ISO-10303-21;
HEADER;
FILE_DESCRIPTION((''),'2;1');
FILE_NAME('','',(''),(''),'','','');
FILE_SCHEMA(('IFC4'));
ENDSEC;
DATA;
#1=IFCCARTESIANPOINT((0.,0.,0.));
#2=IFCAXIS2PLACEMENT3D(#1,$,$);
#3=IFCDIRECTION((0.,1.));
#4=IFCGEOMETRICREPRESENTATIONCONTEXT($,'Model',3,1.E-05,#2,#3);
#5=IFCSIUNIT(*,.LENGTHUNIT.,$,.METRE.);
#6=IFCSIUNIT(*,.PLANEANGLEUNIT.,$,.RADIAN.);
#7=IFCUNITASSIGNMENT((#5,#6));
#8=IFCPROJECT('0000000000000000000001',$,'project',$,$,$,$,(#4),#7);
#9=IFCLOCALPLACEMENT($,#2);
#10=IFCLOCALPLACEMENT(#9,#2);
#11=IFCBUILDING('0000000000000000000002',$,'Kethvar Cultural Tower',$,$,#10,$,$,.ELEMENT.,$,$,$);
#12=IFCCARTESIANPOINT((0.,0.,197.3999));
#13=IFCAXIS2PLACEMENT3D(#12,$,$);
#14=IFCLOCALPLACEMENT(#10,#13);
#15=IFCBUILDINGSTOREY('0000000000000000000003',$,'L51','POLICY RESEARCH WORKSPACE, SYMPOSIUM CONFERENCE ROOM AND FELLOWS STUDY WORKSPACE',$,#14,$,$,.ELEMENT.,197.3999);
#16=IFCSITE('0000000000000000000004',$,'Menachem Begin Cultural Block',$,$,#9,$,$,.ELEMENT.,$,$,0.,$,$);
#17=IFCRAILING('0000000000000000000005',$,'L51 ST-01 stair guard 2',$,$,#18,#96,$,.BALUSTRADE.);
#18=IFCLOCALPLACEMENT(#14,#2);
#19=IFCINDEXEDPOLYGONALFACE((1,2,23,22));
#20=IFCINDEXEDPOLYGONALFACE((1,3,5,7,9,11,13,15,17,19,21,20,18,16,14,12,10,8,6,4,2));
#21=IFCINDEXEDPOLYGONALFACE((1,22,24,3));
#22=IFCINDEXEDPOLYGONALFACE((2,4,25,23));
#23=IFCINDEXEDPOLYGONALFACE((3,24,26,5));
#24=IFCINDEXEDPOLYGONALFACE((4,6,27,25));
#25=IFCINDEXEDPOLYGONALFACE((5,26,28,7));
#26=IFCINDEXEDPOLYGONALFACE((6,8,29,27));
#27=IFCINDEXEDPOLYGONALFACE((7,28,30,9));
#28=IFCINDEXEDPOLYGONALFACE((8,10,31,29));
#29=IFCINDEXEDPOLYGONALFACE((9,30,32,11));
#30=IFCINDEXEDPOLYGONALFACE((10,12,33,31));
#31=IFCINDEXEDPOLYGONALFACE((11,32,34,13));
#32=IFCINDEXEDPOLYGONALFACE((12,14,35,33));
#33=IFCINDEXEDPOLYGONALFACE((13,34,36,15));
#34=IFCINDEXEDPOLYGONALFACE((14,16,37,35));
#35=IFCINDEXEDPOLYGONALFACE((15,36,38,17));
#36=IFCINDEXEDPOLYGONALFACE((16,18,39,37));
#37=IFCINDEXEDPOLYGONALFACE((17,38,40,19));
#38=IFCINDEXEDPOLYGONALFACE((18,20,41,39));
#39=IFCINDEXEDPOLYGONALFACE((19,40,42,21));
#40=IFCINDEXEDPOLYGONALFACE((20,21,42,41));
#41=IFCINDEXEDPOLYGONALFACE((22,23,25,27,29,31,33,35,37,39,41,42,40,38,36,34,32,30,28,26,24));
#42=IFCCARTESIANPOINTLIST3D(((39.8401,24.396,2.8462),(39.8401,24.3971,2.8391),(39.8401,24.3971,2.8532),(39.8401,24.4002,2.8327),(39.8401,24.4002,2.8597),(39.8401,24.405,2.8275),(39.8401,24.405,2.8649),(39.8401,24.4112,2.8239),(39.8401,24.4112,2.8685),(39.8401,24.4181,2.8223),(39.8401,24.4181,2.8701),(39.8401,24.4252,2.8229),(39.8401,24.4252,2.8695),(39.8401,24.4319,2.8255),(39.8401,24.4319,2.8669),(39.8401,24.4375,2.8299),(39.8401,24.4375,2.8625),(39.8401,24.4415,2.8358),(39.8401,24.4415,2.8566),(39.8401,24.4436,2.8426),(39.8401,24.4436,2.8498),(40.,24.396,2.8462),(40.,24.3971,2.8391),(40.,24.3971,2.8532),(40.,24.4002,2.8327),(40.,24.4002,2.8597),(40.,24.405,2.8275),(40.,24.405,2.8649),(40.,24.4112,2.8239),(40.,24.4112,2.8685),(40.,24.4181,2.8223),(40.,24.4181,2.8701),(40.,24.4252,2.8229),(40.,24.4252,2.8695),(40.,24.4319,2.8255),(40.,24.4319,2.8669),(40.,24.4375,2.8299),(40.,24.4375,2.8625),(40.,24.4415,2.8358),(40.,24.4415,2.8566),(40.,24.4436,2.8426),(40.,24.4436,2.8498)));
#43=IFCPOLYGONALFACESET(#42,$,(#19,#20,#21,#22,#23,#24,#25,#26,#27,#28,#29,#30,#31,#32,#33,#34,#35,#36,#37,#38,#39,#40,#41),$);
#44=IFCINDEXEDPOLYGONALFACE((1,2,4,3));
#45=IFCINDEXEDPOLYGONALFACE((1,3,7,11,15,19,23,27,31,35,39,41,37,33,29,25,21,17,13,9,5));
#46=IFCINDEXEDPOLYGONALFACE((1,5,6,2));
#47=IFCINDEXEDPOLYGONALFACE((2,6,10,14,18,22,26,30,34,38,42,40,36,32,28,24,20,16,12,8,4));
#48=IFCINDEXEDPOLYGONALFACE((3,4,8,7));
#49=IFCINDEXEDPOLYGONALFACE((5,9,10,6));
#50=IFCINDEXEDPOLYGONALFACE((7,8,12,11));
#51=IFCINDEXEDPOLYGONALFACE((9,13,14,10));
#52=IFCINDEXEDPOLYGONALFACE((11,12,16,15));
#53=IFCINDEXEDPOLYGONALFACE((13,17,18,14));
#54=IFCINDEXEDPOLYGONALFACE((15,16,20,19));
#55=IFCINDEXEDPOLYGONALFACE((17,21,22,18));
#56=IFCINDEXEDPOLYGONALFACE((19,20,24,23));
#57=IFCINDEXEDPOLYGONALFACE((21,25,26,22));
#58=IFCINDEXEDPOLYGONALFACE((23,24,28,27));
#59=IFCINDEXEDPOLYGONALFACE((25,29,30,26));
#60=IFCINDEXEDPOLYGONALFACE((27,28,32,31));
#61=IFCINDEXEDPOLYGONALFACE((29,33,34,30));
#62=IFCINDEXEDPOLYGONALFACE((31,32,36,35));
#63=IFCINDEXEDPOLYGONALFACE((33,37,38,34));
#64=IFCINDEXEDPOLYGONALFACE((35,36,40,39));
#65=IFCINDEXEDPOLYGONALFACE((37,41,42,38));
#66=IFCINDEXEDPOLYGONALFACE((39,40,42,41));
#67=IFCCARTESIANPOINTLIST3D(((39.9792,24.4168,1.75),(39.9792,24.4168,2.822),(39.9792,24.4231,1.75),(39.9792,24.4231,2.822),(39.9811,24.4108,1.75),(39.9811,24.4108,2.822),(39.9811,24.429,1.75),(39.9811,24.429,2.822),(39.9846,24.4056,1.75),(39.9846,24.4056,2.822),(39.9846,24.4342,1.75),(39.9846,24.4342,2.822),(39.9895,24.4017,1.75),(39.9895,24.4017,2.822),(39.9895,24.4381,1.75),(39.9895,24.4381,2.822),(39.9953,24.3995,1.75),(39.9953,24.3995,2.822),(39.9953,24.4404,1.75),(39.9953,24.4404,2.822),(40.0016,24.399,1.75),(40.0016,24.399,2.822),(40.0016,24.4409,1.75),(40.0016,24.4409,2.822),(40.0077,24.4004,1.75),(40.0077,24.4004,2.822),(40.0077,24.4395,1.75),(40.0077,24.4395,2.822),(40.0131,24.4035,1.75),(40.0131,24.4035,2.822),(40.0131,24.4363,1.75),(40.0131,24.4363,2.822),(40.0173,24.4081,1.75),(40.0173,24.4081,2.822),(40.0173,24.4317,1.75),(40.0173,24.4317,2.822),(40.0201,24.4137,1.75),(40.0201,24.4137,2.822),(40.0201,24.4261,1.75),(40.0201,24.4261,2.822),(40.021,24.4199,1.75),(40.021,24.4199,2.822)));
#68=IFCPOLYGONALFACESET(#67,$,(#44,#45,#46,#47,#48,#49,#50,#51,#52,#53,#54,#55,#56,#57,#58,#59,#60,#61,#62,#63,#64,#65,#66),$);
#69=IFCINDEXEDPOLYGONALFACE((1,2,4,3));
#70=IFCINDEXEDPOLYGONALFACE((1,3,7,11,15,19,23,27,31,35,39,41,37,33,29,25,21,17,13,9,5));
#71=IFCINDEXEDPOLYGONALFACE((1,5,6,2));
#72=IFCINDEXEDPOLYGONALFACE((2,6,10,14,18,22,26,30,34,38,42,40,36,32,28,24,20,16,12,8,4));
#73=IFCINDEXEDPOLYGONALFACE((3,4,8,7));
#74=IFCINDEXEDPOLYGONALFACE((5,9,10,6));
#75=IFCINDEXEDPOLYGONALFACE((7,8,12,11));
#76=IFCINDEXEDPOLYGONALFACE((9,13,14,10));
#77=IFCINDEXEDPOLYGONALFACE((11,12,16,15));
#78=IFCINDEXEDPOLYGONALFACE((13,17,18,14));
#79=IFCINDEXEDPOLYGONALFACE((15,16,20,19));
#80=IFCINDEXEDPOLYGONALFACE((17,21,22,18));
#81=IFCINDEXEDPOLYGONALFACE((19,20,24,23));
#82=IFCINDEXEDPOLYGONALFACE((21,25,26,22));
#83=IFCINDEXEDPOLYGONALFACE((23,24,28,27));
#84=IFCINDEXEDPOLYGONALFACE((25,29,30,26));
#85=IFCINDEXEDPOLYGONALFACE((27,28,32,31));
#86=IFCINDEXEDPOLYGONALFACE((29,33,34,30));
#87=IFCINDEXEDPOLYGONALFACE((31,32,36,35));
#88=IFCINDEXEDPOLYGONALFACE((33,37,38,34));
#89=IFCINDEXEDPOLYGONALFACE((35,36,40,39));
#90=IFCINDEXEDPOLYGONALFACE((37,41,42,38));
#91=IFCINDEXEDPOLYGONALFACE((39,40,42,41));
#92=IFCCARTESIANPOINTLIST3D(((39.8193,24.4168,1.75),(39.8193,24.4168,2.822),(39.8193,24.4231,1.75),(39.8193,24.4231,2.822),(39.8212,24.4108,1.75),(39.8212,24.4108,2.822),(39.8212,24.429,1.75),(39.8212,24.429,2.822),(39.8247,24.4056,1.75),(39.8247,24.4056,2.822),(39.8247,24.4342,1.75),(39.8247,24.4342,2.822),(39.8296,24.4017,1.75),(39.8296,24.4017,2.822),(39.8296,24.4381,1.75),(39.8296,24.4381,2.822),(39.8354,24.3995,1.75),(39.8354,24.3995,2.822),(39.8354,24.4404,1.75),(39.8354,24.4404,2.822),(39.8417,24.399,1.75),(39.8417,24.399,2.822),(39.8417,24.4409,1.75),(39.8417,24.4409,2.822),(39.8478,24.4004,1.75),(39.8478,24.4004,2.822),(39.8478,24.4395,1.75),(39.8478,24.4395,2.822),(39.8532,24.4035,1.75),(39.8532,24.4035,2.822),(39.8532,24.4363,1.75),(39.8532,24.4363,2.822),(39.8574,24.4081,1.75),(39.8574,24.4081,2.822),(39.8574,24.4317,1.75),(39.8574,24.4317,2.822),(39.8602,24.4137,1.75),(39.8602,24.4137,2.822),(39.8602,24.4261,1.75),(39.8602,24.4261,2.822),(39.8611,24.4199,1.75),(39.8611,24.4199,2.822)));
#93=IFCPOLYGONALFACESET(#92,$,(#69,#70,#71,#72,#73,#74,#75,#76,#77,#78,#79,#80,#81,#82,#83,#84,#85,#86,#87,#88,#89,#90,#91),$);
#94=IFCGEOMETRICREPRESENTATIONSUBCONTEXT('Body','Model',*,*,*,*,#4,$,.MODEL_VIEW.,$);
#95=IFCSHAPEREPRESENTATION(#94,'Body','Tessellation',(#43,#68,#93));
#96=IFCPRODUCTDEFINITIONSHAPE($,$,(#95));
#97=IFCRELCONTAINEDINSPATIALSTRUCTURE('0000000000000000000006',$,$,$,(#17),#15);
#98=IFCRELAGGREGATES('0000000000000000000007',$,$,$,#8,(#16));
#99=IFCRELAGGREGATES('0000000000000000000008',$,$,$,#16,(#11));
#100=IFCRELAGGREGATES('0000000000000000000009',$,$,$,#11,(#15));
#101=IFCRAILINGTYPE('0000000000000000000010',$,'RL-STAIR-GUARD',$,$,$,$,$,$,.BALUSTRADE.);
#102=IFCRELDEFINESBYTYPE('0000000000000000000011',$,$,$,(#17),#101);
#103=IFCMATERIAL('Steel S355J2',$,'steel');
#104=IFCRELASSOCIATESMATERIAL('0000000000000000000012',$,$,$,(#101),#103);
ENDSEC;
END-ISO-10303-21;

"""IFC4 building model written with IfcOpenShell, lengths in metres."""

from ifc_helpers import new_model, si_unit, direction, frame, origin, origin_2d, place, context, subcontext, project, spatial, circle, extrude, material, type_object, element, save


model = new_model("IFC4")

# Units and contexts
model_context = context("Model", 3, precision=1e-05, world=origin(), true_north=direction((0.0, 1.0)))
body_context = subcontext(model_context, "Body", "Model", "MODEL_VIEW")
ifc_project = project(units=[si_unit("LENGTHUNIT", "METRE"), si_unit("PLANEANGLEUNIT", "RADIAN")], contexts=[model_context])

# Site, building, storey
site_placement = place(None, origin())
site = spatial("IfcSite", under=ifc_project, at=site_placement, Name="Menachem Begin Cultural Block", CompositionType="ELEMENT", RefElevation=0.0)
building_placement = place(site_placement, origin())
building = spatial("IfcBuilding", under=site, at=building_placement, Name="Kethvar Cultural Tower", CompositionType="ELEMENT")
storey_placement = place(building_placement, frame((0.0, 0.0, 197.3999)))
storey = spatial("IfcBuildingStorey", under=building, at=storey_placement, Name="L51", Description="POLICY RESEARCH WORKSPACE, SYMPOSIUM CONFERENCE ROOM AND FELLOWS STUDY WORKSPACE", CompositionType="ELEMENT", Elevation=197.3999)

# Shared definitions
ifc_material_1 = material(Name="Steel S355J2", Category="steel")

# Railing
railing_type_1 = type_object("IfcRailingType", Name="RL-STAIR-GUARD", PredefinedType="BALUSTRADE", material=ifc_material_1)
railing_1_placement = place(storey_placement, frame((40.0, 24.4199, 1.75)))
element("IfcRailing", 1, at=railing_1_placement, inside=storey, type_object=railing_type_1, Name="L51 ST-01 stair guard 2", PredefinedType="BALUSTRADE", context=body_context, shape_type="SweptSolid", body=[
    extrude(circle(Radius=0.0239, at=origin_2d()), frame((0.0, 0.0, 1.0962), z_axis=(-1.0, 0.0, 0.0), x_axis=(0.0, -1.0, 0.0)), (0.0, 0.0, 1.0), 0.1599),
    extrude(circle(Radius=0.021, at=origin_2d()), origin(), (0.0, 0.0, 1.0), 1.072),
    extrude(circle(Radius=0.021, at=origin_2d()), frame((-0.1599, 0.0, 0.0)), (0.0, 0.0, 1.0), 1.072),
])

save(model, "model.ifc")
